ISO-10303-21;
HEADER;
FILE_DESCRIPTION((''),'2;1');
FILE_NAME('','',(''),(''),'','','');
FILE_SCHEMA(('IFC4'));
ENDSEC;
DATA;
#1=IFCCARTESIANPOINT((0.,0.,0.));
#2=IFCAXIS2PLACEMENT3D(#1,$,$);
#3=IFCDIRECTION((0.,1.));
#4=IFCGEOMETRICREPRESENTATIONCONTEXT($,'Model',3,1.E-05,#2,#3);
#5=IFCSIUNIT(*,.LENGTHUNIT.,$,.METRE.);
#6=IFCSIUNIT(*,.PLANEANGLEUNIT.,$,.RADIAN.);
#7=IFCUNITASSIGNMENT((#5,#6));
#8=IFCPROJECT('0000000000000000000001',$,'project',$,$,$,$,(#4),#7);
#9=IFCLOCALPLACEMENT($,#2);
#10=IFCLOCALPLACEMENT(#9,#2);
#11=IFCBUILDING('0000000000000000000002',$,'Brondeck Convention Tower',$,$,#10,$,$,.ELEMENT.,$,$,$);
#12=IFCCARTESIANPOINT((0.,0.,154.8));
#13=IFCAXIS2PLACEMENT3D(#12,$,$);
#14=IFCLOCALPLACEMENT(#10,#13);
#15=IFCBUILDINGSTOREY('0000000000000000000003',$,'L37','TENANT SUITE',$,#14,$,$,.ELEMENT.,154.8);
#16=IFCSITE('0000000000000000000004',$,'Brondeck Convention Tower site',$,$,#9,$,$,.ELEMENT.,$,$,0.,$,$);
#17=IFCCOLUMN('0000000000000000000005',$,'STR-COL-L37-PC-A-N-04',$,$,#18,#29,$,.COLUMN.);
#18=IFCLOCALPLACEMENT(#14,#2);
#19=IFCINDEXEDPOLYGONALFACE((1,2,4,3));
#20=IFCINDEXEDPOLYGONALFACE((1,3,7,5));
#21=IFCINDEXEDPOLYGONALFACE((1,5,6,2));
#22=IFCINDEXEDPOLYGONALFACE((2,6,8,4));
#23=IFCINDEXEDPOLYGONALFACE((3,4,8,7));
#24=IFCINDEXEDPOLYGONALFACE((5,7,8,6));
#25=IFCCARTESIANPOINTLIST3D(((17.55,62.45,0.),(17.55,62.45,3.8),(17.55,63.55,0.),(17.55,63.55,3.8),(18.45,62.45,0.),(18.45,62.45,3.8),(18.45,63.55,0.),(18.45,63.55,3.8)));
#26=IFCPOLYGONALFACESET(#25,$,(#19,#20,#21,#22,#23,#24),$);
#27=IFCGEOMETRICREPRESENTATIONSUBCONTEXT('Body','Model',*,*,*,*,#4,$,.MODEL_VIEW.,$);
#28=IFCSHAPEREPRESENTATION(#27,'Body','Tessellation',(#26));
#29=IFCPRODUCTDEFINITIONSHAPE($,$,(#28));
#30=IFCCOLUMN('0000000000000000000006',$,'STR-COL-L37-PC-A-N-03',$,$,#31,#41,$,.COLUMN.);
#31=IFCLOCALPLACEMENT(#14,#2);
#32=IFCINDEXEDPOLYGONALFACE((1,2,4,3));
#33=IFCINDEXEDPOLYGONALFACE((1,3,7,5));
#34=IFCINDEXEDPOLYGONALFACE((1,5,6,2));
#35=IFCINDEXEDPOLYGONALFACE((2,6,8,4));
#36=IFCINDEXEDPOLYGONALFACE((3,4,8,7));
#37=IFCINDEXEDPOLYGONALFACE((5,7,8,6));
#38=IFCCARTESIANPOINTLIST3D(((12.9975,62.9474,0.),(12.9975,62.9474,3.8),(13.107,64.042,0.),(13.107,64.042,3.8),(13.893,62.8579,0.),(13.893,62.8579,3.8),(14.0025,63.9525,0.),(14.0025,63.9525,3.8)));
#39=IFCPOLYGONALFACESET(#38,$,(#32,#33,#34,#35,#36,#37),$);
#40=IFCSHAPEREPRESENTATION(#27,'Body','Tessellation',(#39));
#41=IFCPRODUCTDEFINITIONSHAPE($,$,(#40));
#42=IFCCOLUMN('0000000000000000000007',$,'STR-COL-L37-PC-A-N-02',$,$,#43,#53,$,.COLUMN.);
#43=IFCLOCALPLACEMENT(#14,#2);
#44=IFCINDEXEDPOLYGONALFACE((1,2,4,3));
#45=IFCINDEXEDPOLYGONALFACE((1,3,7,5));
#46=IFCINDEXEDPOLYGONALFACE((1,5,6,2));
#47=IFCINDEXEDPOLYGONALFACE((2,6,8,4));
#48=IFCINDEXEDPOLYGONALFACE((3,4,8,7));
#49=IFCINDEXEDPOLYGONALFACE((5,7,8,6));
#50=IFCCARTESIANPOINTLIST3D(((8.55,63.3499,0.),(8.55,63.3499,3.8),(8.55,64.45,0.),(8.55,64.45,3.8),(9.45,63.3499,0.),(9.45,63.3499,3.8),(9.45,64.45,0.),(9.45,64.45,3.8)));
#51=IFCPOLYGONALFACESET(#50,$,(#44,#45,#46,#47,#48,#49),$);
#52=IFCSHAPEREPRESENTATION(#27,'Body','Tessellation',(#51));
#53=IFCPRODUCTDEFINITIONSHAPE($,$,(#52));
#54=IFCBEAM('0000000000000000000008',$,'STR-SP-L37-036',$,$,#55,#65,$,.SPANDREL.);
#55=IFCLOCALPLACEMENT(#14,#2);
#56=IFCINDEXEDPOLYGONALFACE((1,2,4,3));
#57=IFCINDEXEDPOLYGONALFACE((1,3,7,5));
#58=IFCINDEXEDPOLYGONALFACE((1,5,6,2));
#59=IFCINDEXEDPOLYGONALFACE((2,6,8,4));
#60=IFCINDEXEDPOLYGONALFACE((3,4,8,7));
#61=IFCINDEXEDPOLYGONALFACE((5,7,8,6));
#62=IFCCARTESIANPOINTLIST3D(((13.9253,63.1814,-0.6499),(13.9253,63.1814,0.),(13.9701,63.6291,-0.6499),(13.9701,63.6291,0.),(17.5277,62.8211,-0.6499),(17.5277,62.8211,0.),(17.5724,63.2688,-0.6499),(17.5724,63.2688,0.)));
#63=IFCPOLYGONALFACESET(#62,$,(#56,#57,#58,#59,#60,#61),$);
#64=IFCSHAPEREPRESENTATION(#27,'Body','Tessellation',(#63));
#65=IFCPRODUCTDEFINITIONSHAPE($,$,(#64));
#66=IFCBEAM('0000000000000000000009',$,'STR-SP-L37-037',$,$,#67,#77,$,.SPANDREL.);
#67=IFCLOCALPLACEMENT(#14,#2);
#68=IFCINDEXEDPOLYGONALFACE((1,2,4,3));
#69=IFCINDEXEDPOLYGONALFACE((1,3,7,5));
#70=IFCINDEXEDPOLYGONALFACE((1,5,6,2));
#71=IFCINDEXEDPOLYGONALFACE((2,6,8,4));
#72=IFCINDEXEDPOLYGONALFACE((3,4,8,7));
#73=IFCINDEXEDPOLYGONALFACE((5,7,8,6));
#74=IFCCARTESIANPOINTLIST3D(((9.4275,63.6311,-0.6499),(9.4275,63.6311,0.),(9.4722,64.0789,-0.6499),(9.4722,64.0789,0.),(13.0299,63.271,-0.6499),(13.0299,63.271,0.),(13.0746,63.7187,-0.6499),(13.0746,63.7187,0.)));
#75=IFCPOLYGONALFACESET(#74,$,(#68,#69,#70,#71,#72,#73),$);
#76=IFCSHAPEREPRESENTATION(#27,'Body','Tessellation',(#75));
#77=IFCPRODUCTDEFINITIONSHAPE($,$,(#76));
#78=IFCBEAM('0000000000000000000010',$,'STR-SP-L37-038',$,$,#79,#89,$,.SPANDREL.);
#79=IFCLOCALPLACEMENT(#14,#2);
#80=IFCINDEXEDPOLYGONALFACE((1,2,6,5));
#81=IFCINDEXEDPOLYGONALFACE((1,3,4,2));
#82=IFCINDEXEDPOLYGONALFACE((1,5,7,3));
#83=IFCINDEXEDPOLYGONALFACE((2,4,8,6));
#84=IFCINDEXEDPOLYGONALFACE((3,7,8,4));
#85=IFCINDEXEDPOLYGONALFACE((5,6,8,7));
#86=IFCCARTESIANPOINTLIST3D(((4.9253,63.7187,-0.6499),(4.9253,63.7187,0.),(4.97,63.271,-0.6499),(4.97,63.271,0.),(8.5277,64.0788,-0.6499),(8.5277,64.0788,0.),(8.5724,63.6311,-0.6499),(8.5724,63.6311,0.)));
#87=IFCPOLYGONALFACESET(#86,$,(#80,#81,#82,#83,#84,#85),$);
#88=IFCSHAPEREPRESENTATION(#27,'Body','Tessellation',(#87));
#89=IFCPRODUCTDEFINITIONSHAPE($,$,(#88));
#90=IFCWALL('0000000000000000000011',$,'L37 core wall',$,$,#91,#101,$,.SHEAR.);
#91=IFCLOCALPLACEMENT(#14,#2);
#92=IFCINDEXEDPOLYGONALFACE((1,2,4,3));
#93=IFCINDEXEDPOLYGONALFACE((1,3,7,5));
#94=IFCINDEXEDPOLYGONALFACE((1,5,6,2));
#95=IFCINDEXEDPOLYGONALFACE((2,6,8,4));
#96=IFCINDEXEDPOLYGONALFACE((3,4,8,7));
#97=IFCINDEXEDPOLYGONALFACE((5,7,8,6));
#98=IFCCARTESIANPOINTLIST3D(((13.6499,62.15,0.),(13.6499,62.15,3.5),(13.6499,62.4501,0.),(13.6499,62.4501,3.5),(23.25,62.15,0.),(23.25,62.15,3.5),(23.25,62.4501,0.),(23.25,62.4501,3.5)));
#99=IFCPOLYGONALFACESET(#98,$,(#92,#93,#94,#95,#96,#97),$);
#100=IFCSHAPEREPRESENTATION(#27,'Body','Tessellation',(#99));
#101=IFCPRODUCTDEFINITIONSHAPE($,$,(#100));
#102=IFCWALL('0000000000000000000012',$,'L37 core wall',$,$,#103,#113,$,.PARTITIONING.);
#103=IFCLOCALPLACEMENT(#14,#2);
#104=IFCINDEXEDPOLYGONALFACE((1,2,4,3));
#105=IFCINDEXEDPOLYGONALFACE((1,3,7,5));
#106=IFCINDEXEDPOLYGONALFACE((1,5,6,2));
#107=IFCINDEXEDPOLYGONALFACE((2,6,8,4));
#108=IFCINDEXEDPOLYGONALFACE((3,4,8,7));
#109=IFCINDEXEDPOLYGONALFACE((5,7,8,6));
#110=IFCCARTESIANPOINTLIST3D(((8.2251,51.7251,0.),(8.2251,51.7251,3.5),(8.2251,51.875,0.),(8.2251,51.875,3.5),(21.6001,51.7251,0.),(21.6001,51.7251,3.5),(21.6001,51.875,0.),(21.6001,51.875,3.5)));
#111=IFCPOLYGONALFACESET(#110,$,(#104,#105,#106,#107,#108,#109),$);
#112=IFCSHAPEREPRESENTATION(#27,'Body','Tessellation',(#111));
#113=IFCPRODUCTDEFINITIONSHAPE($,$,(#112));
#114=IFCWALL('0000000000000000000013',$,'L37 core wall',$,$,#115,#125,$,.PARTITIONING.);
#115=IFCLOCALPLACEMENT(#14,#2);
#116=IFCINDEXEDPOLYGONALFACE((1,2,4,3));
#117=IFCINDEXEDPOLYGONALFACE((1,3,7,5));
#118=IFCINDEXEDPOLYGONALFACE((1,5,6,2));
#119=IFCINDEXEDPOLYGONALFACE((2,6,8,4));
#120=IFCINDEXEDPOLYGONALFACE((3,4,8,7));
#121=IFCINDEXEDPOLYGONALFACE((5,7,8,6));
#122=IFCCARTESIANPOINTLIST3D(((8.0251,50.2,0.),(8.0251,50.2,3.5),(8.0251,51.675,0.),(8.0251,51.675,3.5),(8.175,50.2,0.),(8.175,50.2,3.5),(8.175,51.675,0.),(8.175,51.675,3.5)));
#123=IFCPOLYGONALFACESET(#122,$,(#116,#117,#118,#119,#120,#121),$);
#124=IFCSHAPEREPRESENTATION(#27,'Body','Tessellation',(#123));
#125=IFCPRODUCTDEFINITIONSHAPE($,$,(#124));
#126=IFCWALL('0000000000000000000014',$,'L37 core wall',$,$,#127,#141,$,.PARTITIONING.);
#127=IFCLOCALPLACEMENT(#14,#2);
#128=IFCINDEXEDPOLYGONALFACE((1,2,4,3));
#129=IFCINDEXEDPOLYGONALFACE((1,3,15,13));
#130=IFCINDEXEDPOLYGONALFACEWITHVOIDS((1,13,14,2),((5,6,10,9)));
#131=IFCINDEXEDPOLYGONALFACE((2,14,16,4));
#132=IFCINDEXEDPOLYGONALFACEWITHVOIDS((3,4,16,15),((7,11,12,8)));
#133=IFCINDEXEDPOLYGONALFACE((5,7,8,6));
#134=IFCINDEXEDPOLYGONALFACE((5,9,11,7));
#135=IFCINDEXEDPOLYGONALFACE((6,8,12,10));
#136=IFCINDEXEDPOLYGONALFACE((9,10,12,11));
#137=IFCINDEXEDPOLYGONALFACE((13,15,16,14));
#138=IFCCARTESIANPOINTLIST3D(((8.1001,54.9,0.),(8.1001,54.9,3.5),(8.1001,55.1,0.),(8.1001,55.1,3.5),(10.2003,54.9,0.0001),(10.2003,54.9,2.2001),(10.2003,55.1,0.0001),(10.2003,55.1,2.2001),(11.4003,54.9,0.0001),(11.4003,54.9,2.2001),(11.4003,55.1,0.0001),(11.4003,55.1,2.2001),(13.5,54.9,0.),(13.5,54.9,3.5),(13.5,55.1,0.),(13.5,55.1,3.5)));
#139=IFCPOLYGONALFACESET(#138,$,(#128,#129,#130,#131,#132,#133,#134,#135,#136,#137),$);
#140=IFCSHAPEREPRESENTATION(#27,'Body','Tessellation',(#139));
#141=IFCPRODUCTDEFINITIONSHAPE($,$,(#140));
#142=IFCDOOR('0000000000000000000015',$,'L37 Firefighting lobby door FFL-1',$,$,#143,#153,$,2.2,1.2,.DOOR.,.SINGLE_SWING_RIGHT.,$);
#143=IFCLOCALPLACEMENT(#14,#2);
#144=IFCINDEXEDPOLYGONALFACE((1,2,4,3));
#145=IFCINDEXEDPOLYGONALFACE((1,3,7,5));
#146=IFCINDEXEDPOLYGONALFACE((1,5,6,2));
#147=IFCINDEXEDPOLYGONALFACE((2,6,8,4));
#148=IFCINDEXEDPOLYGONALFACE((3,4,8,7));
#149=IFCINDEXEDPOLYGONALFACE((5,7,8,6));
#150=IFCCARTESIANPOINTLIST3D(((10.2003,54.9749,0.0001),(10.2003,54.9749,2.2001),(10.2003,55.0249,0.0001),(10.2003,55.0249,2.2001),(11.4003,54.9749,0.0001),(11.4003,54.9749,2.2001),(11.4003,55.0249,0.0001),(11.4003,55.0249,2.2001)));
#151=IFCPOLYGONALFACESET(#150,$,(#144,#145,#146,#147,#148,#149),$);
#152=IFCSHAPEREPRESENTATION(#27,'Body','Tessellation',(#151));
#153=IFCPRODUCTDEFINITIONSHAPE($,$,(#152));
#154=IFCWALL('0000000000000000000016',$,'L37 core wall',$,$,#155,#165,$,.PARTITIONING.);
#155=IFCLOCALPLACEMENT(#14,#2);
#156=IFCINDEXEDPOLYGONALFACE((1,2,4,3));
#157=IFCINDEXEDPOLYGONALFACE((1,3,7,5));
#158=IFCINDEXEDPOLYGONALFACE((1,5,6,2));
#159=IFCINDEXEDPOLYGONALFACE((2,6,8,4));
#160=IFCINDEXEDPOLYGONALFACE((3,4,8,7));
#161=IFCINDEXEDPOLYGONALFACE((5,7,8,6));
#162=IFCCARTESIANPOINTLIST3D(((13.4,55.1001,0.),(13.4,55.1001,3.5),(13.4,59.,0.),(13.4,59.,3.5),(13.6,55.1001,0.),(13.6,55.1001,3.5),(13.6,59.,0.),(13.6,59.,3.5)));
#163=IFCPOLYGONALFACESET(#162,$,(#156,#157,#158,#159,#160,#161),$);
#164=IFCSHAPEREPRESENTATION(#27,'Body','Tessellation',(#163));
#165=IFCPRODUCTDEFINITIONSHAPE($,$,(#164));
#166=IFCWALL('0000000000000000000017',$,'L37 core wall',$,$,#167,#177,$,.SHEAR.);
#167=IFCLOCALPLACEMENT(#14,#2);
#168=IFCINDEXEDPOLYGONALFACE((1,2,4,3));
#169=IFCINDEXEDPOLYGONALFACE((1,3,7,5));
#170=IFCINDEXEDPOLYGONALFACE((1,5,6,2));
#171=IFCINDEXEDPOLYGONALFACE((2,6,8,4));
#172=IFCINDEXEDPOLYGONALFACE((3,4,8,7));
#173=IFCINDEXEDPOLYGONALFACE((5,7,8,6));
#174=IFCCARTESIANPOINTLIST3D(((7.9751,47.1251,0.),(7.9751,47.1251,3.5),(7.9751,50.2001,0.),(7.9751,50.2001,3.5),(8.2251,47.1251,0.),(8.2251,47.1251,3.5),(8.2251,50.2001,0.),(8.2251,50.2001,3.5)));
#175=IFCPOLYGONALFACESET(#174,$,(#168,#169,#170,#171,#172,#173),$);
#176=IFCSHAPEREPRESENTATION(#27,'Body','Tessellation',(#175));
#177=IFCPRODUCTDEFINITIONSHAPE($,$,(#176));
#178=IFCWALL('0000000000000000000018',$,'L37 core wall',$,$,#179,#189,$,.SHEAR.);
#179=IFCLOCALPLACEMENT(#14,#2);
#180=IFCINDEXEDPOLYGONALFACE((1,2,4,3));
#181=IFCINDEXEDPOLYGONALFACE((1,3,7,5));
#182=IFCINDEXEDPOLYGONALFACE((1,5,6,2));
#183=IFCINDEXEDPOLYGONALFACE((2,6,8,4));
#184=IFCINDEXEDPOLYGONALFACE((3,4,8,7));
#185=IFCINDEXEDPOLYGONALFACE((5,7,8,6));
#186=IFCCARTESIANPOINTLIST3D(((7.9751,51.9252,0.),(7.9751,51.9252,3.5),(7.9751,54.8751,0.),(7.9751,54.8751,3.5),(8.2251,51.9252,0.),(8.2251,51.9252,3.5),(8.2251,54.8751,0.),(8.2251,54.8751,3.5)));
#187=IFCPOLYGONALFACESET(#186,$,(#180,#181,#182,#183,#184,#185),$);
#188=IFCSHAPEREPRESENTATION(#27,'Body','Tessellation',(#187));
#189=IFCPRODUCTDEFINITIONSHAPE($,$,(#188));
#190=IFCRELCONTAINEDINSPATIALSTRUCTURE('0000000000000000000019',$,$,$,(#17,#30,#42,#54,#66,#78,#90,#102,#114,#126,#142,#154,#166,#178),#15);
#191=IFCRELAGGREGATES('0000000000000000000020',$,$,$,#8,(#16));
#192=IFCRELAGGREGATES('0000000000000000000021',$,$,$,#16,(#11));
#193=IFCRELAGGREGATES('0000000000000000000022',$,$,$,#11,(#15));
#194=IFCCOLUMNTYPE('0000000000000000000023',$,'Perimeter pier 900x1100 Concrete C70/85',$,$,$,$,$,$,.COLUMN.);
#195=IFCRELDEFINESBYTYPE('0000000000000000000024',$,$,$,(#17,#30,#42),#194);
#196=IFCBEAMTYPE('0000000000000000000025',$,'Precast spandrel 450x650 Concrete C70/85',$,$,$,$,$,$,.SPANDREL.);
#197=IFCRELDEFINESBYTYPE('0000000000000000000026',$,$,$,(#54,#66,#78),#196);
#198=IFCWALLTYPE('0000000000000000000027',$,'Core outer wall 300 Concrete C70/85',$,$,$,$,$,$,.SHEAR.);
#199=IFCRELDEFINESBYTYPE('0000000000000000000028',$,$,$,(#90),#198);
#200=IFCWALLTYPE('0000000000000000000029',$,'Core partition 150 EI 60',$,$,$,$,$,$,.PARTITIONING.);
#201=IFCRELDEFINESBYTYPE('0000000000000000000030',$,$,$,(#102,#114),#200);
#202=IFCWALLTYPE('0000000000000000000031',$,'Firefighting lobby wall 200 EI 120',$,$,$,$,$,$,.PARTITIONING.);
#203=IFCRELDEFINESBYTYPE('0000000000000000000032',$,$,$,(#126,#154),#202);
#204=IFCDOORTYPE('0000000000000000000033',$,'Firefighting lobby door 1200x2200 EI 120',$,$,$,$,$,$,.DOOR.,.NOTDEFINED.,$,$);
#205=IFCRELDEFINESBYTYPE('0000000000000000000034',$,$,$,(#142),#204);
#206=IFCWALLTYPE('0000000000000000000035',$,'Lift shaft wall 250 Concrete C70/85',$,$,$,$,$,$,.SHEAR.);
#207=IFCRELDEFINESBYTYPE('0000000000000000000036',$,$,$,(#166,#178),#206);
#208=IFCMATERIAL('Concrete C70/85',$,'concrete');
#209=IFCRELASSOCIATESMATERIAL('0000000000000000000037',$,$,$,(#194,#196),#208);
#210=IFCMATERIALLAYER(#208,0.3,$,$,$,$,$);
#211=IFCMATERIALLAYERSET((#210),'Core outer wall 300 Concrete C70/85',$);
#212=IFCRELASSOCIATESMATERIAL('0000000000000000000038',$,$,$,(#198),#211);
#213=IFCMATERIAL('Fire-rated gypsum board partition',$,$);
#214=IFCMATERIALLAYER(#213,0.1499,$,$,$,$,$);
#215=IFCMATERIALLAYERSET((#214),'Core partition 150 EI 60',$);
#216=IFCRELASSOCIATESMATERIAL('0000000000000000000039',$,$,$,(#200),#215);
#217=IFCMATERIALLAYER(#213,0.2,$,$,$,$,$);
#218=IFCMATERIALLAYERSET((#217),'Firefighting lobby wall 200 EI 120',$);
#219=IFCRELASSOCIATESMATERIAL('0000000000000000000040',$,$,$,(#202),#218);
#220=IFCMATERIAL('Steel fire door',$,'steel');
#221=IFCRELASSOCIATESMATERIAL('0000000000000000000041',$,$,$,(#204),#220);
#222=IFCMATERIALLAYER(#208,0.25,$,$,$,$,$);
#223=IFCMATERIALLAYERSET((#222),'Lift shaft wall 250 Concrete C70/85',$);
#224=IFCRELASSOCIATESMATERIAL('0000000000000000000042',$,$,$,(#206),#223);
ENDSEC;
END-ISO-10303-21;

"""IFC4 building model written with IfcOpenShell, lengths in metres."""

from ifc_helpers import new_model, si_unit, direction, frame, frame_2d, origin, origin_2d, place, context, subcontext, project, spatial, rectangle, extrude, material, layer, layer_set, material_profile, profile_set, type_object, element, fill, save


model = new_model("IFC4")

# Units and contexts
model_context = context("Model", 3, precision=1e-05, world=origin(), true_north=direction((0.0, 1.0)))
body_context = subcontext(model_context, "Body", "Model", "MODEL_VIEW")
ifc_project = project(units=[si_unit("LENGTHUNIT", "METRE"), si_unit("PLANEANGLEUNIT", "RADIAN")], contexts=[model_context])

# Site, building, storey
site_placement = place(None, origin())
site = spatial("IfcSite", under=ifc_project, at=site_placement, Name="Brondeck Convention Tower site", CompositionType="ELEMENT", RefElevation=0.0)
building_placement = place(site_placement, origin())
building = spatial("IfcBuilding", under=site, at=building_placement, Name="Brondeck Convention Tower", CompositionType="ELEMENT")
storey_placement = place(building_placement, frame((0.0, 0.0, 154.8)))
storey = spatial("IfcBuildingStorey", under=building, at=storey_placement, Name="L37", Description="TENANT SUITE", CompositionType="ELEMENT", Elevation=154.8)

# Columns
ifc_material_1 = material(Name="Concrete C70/85", Category="concrete")
ifc_material_profile_1 = material_profile(ifc_material_1, rectangle(XDim=0.8999, YDim=1.1001, at=origin_2d()), Name="Perimeter pier 900x1100 Concrete C70/85")
ifc_profile_set_1 = profile_set([ifc_material_profile_1], Name="Concrete C70/85")
column_type = type_object("IfcColumnType", Name="Perimeter pier 900x1100 Concrete C70/85", PredefinedType="COLUMN", material=ifc_profile_set_1)
for number, where, z_axis, x_axis, name in (
    (1, (18.0, 63.0, 0.0), (0.0, 0.0, 1.0), (-1.0, 0.0, 0.0), "STR-COL-L37-PC-A-N-04"),
    (2, (13.5, 63.45, 0.0), (0.0, 0.0, 1.0), (-0.995037, 0.099504, 0.0), "STR-COL-L37-PC-A-N-03"),
    (3, (9.0, 63.8999, 0.0), (0.0, 0.0, 1.0), (-1.0, 0.0, 0.0), "STR-COL-L37-PC-A-N-02"),
):
    element("IfcColumn", number, at=place(storey_placement, frame(where, z_axis=z_axis, x_axis=x_axis)), inside=storey, type_object=column_type, Name=name, PredefinedType="COLUMN", context=body_context, shape_type="SweptSolid", body=[
        extrude(rectangle(XDim=0.8999, YDim=1.1001, at=origin_2d()), origin(), (0.0, 0.0, 1.0), 3.8),
    ])

# Beams
ifc_material_profile_2 = material_profile(ifc_material_1, rectangle(XDim=0.45, YDim=0.6499, at=origin_2d()), Name="Precast spandrel 450x650 Concrete C70/85")
ifc_profile_set_2 = profile_set([ifc_material_profile_2], Name="Concrete C70/85")
beam_type = type_object("IfcBeamType", Name="Precast spandrel 450x650 Concrete C70/85", PredefinedType="SPANDREL", material=ifc_profile_set_2)
for number, where, z_axis, x_axis, name in (
    (4, (17.55, 63.0449, -0.325), (-0.995034, 0.099537, 0.0), (-0.099537, -0.995034, 0.0), "STR-SP-L37-036"),
    (5, (13.0522, 63.4949, -0.325), (-0.995041, 0.09947, 0.0), (-0.09947, -0.995041, 0.0), "STR-SP-L37-037"),
    (6, (8.55, 63.855, -0.325), (-0.995041, -0.09947, 0.0), (0.09947, -0.995041, 0.0), "STR-SP-L37-038"),
):
    element("IfcBeam", number, at=place(storey_placement, frame(where, z_axis=z_axis, x_axis=x_axis)), inside=storey, type_object=beam_type, Name=name, PredefinedType="SPANDREL", context=body_context, shape_type="SweptSolid", body=[
        extrude(rectangle(XDim=0.45, YDim=0.6499, at=origin_2d()), origin(), (0.0, 0.0, 1.0), 3.6204),
    ])

# Walls
ifc_layer_1 = layer(ifc_material_1, 0.3)
ifc_layer_set_1 = layer_set([ifc_layer_1], Name="Core outer wall 300 Concrete C70/85")
wall_type_1 = type_object("IfcWallType", Name="Core outer wall 300 Concrete C70/85", PredefinedType="SHEAR", material=ifc_layer_set_1)
wall_1_placement = place(storey_placement, frame((13.6499, 62.3, 0.0), z_axis=(0.0, 0.0, 1.0), x_axis=(1.0, 0.0, 0.0)))
element("IfcWall", 7, at=wall_1_placement, inside=storey, type_object=wall_type_1, Name="L37 core wall", PredefinedType="SHEAR", context=body_context, shape_type="SweptSolid", body=[
    extrude(rectangle(XDim=9.6001, YDim=0.3, at=frame_2d((4.8, 0.0))), origin(), (0.0, 0.0, 1.0), 3.5),
])
ifc_material_2 = material(Name="Fire-rated gypsum board partition")
ifc_layer_2 = layer(ifc_material_2, 0.1499)
ifc_layer_set_2 = layer_set([ifc_layer_2], Name="Core partition 150 EI 60")
wall_type_2 = type_object("IfcWallType", Name="Core partition 150 EI 60", PredefinedType="PARTITIONING", material=ifc_layer_set_2)
wall_2_placement = place(storey_placement, frame((8.2251, 51.8, 0.0), z_axis=(0.0, 0.0, 1.0), x_axis=(1.0, 0.0, 0.0)))
element("IfcWall", 8, at=wall_2_placement, inside=storey, type_object=wall_type_2, Name="L37 core wall", PredefinedType="PARTITIONING", context=body_context, shape_type="SweptSolid", body=[
    extrude(rectangle(XDim=13.375, YDim=0.1499, at=frame_2d((6.6875, 0.0))), origin(), (0.0, 0.0, 1.0), 3.5),
])
wall_3_placement = place(storey_placement, frame((8.1001, 50.2, 0.0), z_axis=(0.0, 0.0, 1.0), x_axis=(0.0, 1.0, 0.0)))
element("IfcWall", 9, at=wall_3_placement, inside=storey, type_object=wall_type_2, Name="L37 core wall", PredefinedType="PARTITIONING", context=body_context, shape_type="SweptSolid", body=[
    extrude(rectangle(XDim=1.4751, YDim=0.1499, at=frame_2d((0.7375, 0.0))), origin(), (0.0, 0.0, 1.0), 3.5),
])

# Wall, opening, door
ifc_layer_3 = layer(ifc_material_2, 0.2)
ifc_layer_set_3 = layer_set([ifc_layer_3], Name="Firefighting lobby wall 200 EI 120")
wall_type_3 = type_object("IfcWallType", Name="Firefighting lobby wall 200 EI 120", PredefinedType="PARTITIONING", material=ifc_layer_set_3)
wall_4_placement = place(storey_placement, frame((8.1001, 55.0, 0.0), z_axis=(0.0, 0.0, 1.0), x_axis=(1.0, 0.0, 0.0)))
wall_4 = element("IfcWall", 10, at=wall_4_placement, inside=storey, type_object=wall_type_3, Name="L37 core wall", PredefinedType="PARTITIONING", context=body_context, shape_type="SweptSolid", body=[
    extrude(rectangle(XDim=5.3999, YDim=0.2, at=frame_2d((2.7, 0.0))), origin(), (0.0, 0.0, 1.0), 3.5),
])
opening_1_placement = place(wall_4_placement, frame((2.1001, 0.0, 0.0)))
opening_1 = element("IfcOpeningElement", 11, at=opening_1_placement, cuts=wall_4, PredefinedType="OPENING", context=body_context, shape_type="SweptSolid", body=[
    extrude(rectangle(XDim=1.2, YDim=2.2, at=frame_2d((0.6001, 1.1001))), frame((0.0, 0.1099, 0.0), z_axis=(0.0, -1.0, 0.0), x_axis=(1.0, 0.0, 0.0)), (0.0, 0.0, 1.0), 0.22),
])
ifc_material_3 = material(Name="Steel fire door", Category="steel")
door_type_1 = type_object("IfcDoorType", Name="Firefighting lobby door 1200x2200 EI 120", OperationType="NOTDEFINED", PredefinedType="DOOR", material=ifc_material_3)
door_1_placement = place(opening_1_placement, origin())
door_1 = element("IfcDoor", 12, at=door_1_placement, inside=storey, type_object=door_type_1, Name="L37 Firefighting lobby door FFL-1", OperationType="SINGLE_SWING_RIGHT", OverallHeight=2.2, OverallWidth=1.2, PredefinedType="DOOR", context=body_context, shape_type="SweptSolid", body=[
    extrude(rectangle(XDim=1.2, YDim=2.2, at=frame_2d((0.6001, 1.1001))), frame((0.0, 0.0249, 0.0), z_axis=(0.0, -1.0, 0.0), x_axis=(1.0, 0.0, 0.0)), (0.0, 0.0, 1.0), 0.05),
])
fill(opening_1, door_1)

# Walls
wall_5_placement = place(storey_placement, frame((13.5, 55.1001, 0.0), z_axis=(0.0, 0.0, 1.0), x_axis=(0.0, 1.0, 0.0)))
element("IfcWall", 13, at=wall_5_placement, inside=storey, type_object=wall_type_3, Name="L37 core wall", PredefinedType="PARTITIONING", context=body_context, shape_type="SweptSolid", body=[
    extrude(rectangle(XDim=3.8999, YDim=0.2, at=frame_2d((1.95, 0.0))), origin(), (0.0, 0.0, 1.0), 3.5),
])
ifc_layer_4 = layer(ifc_material_1, 0.25)
ifc_layer_set_4 = layer_set([ifc_layer_4], Name="Lift shaft wall 250 Concrete C70/85")
wall_type_4 = type_object("IfcWallType", Name="Lift shaft wall 250 Concrete C70/85", PredefinedType="SHEAR", material=ifc_layer_set_4)
wall_6_placement = place(storey_placement, frame((8.1001, 47.125, 0.0), z_axis=(0.0, 0.0, 1.0), x_axis=(0.0, 1.0, 0.0)))
element("IfcWall", 14, at=wall_6_placement, inside=storey, type_object=wall_type_4, Name="L37 core wall", PredefinedType="SHEAR", context=body_context, shape_type="SweptSolid", body=[
    extrude(rectangle(XDim=3.075, YDim=0.25, at=frame_2d((1.5376, 0.0))), origin(), (0.0, 0.0, 1.0), 3.5),
])
wall_7_placement = place(storey_placement, frame((8.1001, 51.925, 0.0), z_axis=(0.0, 0.0, 1.0), x_axis=(0.0, 1.0, 0.0)))
element("IfcWall", 15, at=wall_7_placement, inside=storey, type_object=wall_type_4, Name="L37 core wall", PredefinedType="SHEAR", context=body_context, shape_type="SweptSolid", body=[
    extrude(rectangle(XDim=2.95, YDim=0.25, at=frame_2d((1.4751, 0.0))), origin(), (0.0, 0.0, 1.0), 3.5),
])

save(model, "model.ifc")
